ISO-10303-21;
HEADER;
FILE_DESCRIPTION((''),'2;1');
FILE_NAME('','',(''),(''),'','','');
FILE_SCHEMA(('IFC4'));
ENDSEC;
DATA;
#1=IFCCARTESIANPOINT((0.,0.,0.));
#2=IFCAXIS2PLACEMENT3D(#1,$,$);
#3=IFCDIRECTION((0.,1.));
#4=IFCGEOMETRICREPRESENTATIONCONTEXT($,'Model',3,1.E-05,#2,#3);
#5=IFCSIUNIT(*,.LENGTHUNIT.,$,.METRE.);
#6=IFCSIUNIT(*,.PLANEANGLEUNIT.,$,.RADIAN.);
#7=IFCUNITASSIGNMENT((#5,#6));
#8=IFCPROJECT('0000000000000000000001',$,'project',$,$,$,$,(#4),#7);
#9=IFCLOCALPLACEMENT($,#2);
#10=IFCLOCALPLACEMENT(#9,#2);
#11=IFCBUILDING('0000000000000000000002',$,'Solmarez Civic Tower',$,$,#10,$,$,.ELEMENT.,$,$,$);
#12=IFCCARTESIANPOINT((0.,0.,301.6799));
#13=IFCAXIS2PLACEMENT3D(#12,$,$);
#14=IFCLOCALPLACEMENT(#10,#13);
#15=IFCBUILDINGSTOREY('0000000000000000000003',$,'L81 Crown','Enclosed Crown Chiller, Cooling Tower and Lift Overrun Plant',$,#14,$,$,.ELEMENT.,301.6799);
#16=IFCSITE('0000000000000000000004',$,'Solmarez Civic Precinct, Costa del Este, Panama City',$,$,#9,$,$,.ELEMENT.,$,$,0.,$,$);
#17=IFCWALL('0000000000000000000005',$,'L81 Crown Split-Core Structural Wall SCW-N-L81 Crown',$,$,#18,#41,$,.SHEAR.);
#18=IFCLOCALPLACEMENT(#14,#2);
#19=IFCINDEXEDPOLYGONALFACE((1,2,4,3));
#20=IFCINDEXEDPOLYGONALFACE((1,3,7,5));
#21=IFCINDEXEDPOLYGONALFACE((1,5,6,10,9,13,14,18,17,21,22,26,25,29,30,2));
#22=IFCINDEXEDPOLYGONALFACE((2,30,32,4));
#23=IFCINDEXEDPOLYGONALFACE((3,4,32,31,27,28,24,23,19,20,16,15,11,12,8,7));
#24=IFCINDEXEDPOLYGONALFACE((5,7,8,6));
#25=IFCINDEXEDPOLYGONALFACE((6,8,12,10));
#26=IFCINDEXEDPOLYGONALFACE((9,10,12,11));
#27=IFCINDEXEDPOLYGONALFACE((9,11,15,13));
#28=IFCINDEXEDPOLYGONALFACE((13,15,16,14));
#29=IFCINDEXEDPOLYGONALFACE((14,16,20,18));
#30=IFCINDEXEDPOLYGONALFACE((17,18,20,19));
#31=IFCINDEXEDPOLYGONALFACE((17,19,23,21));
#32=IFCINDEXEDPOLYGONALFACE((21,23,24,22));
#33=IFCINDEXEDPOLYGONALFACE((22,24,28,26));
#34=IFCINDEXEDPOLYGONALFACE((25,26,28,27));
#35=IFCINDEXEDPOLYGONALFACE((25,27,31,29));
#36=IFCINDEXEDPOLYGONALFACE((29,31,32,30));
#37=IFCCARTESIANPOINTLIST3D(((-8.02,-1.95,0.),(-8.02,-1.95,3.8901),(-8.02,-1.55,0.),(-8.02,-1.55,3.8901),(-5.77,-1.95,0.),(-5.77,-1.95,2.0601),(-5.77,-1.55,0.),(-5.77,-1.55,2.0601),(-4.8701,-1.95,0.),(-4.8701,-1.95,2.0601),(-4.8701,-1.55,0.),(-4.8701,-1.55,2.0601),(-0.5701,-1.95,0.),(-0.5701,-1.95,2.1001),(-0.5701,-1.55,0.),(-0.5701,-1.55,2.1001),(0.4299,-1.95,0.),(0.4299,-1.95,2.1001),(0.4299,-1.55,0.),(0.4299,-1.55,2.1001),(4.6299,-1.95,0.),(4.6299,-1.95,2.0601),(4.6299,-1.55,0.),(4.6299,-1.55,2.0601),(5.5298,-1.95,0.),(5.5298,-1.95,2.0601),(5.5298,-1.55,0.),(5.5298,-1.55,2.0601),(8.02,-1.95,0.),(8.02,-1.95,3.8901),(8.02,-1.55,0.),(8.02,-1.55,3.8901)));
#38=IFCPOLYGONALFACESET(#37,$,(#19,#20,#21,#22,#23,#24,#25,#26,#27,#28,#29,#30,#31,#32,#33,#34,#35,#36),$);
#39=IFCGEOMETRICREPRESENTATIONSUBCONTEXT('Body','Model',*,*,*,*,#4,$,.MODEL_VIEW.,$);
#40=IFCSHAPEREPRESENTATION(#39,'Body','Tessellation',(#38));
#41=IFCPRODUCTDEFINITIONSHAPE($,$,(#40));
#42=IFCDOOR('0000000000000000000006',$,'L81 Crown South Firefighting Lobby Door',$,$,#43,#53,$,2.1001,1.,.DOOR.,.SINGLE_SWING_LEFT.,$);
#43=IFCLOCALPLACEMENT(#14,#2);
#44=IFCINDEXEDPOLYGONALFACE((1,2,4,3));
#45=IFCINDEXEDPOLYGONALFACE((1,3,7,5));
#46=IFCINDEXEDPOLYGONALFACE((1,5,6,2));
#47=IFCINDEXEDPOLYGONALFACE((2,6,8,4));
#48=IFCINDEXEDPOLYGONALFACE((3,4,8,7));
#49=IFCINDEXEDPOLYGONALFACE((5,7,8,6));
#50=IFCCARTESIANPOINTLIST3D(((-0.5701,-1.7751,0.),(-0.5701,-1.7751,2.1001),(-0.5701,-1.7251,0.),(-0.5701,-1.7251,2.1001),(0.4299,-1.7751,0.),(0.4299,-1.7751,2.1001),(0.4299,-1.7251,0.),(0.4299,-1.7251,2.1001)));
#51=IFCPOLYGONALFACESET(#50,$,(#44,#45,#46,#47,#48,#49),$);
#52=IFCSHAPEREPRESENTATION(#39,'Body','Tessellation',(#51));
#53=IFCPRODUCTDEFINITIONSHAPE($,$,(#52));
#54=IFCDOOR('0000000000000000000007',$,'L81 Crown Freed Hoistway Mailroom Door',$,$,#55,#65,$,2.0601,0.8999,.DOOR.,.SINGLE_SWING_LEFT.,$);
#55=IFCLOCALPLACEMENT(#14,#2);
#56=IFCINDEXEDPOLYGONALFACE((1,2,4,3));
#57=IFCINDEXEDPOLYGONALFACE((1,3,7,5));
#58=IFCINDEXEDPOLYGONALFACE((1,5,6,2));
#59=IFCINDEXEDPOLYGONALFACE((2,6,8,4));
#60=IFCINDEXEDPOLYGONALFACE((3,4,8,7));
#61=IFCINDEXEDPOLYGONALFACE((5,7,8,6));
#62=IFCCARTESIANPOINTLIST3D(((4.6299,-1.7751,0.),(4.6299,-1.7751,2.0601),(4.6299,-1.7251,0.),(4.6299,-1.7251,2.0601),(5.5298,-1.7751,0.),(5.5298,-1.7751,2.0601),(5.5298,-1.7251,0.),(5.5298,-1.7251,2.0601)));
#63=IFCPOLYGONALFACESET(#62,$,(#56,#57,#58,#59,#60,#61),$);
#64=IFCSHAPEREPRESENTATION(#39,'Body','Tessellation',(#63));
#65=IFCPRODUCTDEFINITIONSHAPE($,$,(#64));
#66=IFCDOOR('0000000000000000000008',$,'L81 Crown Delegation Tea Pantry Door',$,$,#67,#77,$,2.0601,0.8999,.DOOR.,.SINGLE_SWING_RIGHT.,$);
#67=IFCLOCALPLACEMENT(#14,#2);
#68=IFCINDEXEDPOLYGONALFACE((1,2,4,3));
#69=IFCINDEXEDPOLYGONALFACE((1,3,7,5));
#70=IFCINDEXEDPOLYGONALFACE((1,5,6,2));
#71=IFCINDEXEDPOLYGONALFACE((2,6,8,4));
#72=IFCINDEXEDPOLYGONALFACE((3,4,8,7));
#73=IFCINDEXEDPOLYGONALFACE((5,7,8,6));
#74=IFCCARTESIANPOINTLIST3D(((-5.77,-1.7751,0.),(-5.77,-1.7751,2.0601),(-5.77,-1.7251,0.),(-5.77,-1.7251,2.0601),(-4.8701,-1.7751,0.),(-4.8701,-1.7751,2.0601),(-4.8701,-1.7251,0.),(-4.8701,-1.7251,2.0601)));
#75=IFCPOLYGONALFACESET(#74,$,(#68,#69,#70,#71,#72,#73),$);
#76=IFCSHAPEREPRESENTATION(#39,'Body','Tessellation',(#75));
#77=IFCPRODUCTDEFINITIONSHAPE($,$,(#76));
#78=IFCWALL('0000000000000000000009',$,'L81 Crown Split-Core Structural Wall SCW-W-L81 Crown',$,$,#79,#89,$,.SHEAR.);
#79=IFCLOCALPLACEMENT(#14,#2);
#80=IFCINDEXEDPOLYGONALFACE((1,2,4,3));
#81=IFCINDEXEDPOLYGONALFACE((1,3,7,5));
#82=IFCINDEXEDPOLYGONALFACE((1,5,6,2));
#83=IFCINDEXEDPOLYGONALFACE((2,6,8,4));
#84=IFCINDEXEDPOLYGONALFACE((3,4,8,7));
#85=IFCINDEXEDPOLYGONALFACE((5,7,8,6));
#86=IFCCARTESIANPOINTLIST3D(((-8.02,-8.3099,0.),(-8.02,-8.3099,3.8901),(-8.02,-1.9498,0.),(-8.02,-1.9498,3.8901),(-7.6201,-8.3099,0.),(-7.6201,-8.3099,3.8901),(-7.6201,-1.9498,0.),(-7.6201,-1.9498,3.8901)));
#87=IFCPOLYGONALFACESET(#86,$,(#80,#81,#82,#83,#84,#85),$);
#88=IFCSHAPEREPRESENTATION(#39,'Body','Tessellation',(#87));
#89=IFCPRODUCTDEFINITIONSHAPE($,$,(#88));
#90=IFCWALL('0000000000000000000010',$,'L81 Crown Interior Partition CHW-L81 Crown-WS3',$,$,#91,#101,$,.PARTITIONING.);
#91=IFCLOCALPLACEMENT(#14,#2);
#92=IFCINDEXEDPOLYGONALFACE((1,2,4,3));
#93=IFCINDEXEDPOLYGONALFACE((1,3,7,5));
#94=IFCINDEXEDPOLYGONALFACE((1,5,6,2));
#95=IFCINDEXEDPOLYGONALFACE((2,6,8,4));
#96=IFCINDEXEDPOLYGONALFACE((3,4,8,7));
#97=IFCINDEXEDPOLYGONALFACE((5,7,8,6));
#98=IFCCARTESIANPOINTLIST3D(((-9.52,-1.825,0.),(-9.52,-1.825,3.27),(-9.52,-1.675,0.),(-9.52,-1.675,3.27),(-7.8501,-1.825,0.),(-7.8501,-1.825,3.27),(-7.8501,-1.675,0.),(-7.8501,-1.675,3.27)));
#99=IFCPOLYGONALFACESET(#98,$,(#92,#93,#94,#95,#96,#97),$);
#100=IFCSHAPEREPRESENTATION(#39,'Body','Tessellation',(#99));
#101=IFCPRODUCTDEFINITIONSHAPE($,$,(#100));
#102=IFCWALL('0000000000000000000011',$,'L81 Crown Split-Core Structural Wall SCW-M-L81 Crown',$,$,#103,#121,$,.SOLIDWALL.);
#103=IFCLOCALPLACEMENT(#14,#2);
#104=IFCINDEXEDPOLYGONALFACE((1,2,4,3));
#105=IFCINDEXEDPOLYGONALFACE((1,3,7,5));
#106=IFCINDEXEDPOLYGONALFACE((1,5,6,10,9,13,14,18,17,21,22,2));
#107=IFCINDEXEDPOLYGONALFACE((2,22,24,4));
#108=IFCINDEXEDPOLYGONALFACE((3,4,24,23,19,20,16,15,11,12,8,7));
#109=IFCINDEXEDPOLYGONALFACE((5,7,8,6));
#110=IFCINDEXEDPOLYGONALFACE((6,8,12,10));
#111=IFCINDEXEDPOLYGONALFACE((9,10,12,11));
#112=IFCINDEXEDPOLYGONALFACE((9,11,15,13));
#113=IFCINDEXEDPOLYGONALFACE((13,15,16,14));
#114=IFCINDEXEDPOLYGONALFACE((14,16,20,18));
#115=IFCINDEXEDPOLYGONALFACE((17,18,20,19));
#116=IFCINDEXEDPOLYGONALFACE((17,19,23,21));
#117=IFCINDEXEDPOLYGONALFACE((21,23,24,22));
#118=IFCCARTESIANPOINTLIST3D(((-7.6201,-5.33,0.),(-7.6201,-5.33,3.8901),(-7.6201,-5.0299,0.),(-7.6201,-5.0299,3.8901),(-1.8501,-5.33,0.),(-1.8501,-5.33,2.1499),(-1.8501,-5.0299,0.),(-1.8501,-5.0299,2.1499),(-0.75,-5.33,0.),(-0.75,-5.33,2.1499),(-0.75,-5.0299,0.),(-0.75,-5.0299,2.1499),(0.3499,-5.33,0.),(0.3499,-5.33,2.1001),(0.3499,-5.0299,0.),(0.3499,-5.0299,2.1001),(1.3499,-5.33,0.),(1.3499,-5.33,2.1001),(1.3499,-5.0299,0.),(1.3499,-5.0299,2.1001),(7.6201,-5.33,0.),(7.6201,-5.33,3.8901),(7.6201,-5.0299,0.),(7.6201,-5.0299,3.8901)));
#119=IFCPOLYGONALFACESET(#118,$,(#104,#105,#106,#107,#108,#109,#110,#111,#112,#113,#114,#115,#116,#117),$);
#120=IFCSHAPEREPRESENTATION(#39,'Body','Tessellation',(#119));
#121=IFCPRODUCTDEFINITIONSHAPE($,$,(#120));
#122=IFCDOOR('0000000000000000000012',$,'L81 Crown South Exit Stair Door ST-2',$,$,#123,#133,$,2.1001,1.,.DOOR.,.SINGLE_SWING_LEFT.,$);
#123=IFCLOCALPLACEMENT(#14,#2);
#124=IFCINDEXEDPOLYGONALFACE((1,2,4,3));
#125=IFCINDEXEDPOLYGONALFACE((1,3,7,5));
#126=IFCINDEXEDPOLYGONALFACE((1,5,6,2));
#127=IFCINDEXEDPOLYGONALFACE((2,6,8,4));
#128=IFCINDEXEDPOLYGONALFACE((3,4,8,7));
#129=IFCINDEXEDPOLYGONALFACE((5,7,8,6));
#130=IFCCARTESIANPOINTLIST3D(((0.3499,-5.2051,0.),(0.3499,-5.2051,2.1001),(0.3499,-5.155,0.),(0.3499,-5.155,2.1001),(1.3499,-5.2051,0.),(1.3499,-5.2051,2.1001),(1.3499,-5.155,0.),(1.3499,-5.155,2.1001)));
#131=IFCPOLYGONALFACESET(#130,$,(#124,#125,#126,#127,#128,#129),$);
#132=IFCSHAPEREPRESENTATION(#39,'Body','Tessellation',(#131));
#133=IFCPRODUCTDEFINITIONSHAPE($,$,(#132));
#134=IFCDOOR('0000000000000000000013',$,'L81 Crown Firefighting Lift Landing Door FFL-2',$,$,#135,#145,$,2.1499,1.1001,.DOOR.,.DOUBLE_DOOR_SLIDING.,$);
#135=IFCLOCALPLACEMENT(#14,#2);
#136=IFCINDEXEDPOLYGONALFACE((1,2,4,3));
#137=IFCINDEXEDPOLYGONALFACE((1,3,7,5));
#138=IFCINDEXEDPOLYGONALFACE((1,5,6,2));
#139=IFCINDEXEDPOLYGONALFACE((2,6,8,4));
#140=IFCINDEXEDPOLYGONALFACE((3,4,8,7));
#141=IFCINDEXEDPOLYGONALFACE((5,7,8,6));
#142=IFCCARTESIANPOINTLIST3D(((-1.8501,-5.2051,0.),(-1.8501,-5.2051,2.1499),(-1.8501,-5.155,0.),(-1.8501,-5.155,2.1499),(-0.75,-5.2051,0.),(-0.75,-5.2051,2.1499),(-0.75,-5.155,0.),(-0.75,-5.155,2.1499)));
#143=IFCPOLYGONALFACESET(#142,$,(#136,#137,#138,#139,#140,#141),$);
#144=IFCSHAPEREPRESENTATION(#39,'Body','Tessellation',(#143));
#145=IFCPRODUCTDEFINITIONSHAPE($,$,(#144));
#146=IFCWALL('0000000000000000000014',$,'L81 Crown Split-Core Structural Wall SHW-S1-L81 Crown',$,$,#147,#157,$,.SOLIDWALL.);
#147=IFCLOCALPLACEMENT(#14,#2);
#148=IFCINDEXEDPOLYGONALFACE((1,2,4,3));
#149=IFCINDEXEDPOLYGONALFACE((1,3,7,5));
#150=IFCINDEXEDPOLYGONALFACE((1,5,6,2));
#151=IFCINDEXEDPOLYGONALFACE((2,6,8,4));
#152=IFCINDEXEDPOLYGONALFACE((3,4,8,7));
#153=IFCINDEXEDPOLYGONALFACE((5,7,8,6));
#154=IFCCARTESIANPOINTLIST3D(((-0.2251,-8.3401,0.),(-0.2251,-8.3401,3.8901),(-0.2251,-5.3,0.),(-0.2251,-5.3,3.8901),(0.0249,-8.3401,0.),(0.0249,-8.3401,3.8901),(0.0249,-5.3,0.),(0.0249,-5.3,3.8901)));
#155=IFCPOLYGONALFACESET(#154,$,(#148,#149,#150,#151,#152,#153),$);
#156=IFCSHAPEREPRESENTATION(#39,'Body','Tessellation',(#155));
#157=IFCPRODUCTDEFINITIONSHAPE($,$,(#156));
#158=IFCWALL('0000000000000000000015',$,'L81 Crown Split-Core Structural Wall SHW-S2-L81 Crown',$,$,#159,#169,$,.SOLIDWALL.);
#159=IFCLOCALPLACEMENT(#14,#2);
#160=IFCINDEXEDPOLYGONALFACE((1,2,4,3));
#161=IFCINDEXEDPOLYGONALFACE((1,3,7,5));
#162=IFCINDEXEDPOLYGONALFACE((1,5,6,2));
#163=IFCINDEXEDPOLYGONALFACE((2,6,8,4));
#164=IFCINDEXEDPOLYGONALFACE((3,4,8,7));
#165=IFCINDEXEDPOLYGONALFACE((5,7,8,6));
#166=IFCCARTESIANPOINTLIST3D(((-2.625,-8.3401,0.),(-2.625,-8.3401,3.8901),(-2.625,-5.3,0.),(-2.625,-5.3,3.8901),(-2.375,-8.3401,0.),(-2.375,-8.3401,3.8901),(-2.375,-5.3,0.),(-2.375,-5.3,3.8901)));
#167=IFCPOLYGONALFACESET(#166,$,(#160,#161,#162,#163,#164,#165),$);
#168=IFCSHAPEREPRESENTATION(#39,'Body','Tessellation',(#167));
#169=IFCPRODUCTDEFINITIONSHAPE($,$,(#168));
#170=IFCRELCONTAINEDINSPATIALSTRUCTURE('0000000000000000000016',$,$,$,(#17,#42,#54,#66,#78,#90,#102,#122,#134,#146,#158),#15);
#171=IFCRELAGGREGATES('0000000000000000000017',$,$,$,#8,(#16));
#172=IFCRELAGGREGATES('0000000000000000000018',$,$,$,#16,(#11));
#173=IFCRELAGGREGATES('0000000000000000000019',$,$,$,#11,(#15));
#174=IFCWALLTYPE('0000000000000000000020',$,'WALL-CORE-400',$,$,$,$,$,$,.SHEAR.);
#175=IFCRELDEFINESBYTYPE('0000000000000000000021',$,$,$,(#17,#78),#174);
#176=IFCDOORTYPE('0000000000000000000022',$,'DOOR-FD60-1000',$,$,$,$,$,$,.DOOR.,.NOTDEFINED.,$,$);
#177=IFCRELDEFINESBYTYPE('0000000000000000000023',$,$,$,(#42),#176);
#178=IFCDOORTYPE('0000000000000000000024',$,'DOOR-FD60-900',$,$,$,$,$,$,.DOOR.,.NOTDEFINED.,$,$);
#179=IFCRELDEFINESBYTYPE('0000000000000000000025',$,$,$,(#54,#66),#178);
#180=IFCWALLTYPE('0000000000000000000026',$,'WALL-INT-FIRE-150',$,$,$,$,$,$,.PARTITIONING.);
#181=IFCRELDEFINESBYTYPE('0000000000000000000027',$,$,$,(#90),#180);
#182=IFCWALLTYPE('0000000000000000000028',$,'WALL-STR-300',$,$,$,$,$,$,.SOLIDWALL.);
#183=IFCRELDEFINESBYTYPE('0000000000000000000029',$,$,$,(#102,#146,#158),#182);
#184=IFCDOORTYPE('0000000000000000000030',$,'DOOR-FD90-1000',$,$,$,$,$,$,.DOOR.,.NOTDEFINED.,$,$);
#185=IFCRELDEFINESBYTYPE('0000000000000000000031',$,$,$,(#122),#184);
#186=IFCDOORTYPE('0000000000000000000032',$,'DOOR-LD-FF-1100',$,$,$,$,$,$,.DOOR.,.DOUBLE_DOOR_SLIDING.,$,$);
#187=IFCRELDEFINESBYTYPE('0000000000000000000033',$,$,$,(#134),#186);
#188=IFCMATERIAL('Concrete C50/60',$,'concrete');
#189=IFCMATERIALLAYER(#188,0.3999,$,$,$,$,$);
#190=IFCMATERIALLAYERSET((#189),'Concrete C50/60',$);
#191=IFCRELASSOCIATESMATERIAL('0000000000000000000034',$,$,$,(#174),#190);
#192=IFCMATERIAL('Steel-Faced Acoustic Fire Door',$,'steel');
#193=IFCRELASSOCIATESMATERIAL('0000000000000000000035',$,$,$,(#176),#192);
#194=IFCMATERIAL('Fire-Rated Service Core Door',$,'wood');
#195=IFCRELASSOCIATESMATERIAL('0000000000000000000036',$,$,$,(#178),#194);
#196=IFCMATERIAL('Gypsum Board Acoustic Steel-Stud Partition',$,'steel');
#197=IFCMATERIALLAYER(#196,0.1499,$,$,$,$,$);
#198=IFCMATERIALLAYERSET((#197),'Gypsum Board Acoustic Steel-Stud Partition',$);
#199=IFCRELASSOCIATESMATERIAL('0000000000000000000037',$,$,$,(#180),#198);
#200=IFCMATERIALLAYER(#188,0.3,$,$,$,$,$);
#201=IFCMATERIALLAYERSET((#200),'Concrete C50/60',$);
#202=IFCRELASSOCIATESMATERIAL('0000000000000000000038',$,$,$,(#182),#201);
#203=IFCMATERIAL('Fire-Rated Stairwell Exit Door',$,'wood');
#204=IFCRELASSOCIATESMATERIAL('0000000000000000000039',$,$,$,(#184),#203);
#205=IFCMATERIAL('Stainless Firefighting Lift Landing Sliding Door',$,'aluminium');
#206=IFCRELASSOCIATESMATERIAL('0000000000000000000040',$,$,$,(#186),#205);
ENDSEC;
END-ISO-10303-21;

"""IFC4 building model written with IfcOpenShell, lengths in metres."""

from ifc_helpers import new_model, si_unit, direction, frame, frame_2d, origin, place, context, subcontext, project, spatial, rectangle, extrude, material, layer, layer_set, type_object, element, fill, save


model = new_model("IFC4")

# Units and contexts
model_context = context("Model", 3, precision=1e-05, world=origin(), true_north=direction((0.0, 1.0)))
body_context = subcontext(model_context, "Body", "Model", "MODEL_VIEW")
ifc_project = project(units=[si_unit("LENGTHUNIT", "METRE"), si_unit("PLANEANGLEUNIT", "RADIAN")], contexts=[model_context])

# Site, building, storey
site_placement = place(None, origin())
site = spatial("IfcSite", under=ifc_project, at=site_placement, Name="Solmarez Civic Precinct, Costa del Este, Panama City", CompositionType="ELEMENT", RefElevation=0.0)
building_placement = place(site_placement, origin())
building = spatial("IfcBuilding", under=site, at=building_placement, Name="Solmarez Civic Tower", CompositionType="ELEMENT")
storey_placement = place(building_placement, frame((0.0, 0.0, 301.6799)))
storey = spatial("IfcBuildingStorey", under=building, at=storey_placement, Name="L81 Crown", Description="Enclosed Crown Chiller, Cooling Tower and Lift Overrun Plant", CompositionType="ELEMENT", Elevation=301.6799)

# Shared definitions
ifc_material_1 = material(Name="Concrete C50/60", Category="concrete")

# Wall, openings, doors
ifc_layer_1 = layer(ifc_material_1, 0.3999)
ifc_layer_set_1 = layer_set([ifc_layer_1], Name="Concrete C50/60")
wall_type_1 = type_object("IfcWallType", Name="WALL-CORE-400", PredefinedType="SHEAR", material=ifc_layer_set_1)
wall_1_placement = place(storey_placement, frame((-8.02, -1.75, 0.0), z_axis=(0.0, 0.0, 1.0), x_axis=(1.0, 0.0, 0.0)))
wall_1 = element("IfcWall", 1, at=wall_1_placement, inside=storey, type_object=wall_type_1, Name="L81 Crown Split-Core Structural Wall SCW-N-L81 Crown", PredefinedType="SHEAR", context=body_context, shape_type="SweptSolid", body=[
    extrude(rectangle(XDim=16.04, YDim=0.3999, at=frame_2d((8.02, 0.0))), origin(), (0.0, 0.0, 1.0), 3.8901),
])
opening_1_placement = place(wall_1_placement, frame((7.45, 0.0, 0.0)))
opening_1 = element("IfcOpeningElement", 2, at=opening_1_placement, cuts=wall_1, PredefinedType="OPENING", context=body_context, shape_type="SweptSolid", body=[
    extrude(rectangle(XDim=1.0, YDim=2.1001, at=frame_2d((0.5, 1.05))), frame((0.0, 0.21, 0.0), z_axis=(0.0, -1.0, 0.0), x_axis=(1.0, 0.0, 0.0)), (0.0, 0.0, 1.0), 0.4199),
])
opening_2_placement = place(wall_1_placement, frame((12.6499, 0.0, 0.0)))
opening_2 = element("IfcOpeningElement", 3, at=opening_2_placement, cuts=wall_1, PredefinedType="OPENING", context=body_context, shape_type="SweptSolid", body=[
    extrude(rectangle(XDim=0.8999, YDim=2.0601, at=frame_2d((0.45, 1.03))), frame((0.0, 0.21, 0.0), z_axis=(0.0, -1.0, 0.0), x_axis=(1.0, 0.0, 0.0)), (0.0, 0.0, 1.0), 0.4199),
])
opening_3_placement = place(wall_1_placement, frame((2.25, 0.0, 0.0)))
opening_3 = element("IfcOpeningElement", 4, at=opening_3_placement, cuts=wall_1, PredefinedType="OPENING", context=body_context, shape_type="SweptSolid", body=[
    extrude(rectangle(XDim=0.8999, YDim=2.0601, at=frame_2d((0.45, 1.03))), frame((0.0, 0.21, 0.0), z_axis=(0.0, -1.0, 0.0), x_axis=(1.0, 0.0, 0.0)), (0.0, 0.0, 1.0), 0.4199),
])
ifc_material_2 = material(Name="Steel-Faced Acoustic Fire Door", Category="steel")
door_type_1 = type_object("IfcDoorType", Name="DOOR-FD60-1000", OperationType="NOTDEFINED", PredefinedType="DOOR", material=ifc_material_2)
door_1_placement = place(opening_1_placement, origin())
door_1 = element("IfcDoor", 5, at=door_1_placement, inside=storey, type_object=door_type_1, Name="L81 Crown South Firefighting Lobby Door", OperationType="SINGLE_SWING_LEFT", OverallHeight=2.1001, OverallWidth=1.0, PredefinedType="DOOR", context=body_context, shape_type="SweptSolid", body=[
    extrude(rectangle(XDim=1.0, YDim=2.1001, at=frame_2d((0.5, 1.05))), frame((0.0, 0.0249, 0.0), z_axis=(0.0, -1.0, 0.0), x_axis=(1.0, 0.0, 0.0)), (0.0, 0.0, 1.0), 0.05),
])
fill(opening_1, door_1)
ifc_material_3 = material(Name="Fire-Rated Service Core Door", Category="wood")
door_type_2 = type_object("IfcDoorType", Name="DOOR-FD60-900", OperationType="NOTDEFINED", PredefinedType="DOOR", material=ifc_material_3)
door_2_placement = place(opening_2_placement, origin())
door_2 = element("IfcDoor", 6, at=door_2_placement, inside=storey, type_object=door_type_2, Name="L81 Crown Freed Hoistway Mailroom Door", OperationType="SINGLE_SWING_LEFT", OverallHeight=2.0601, OverallWidth=0.8999, PredefinedType="DOOR", context=body_context, shape_type="SweptSolid", body=[
    extrude(rectangle(XDim=0.8999, YDim=2.0601, at=frame_2d((0.45, 1.03))), frame((0.0, 0.0249, 0.0), z_axis=(0.0, -1.0, 0.0), x_axis=(1.0, 0.0, 0.0)), (0.0, 0.0, 1.0), 0.05),
])
fill(opening_2, door_2)
door_3_placement = place(opening_3_placement, origin())
door_3 = element("IfcDoor", 7, at=door_3_placement, inside=storey, type_object=door_type_2, Name="L81 Crown Delegation Tea Pantry Door", OperationType="SINGLE_SWING_RIGHT", OverallHeight=2.0601, OverallWidth=0.8999, PredefinedType="DOOR", context=body_context, shape_type="SweptSolid", body=[
    extrude(rectangle(XDim=0.8999, YDim=2.0601, at=frame_2d((0.45, 1.03))), frame((0.0, 0.0249, 0.0), z_axis=(0.0, -1.0, 0.0), x_axis=(1.0, 0.0, 0.0)), (0.0, 0.0, 1.0), 0.05),
])
fill(opening_3, door_3)

# Walls
wall_2_placement = place(storey_placement, frame((-7.8201, -8.3101, 0.0), z_axis=(0.0, 0.0, 1.0), x_axis=(0.0, 1.0, 0.0)))
element("IfcWall", 8, at=wall_2_placement, inside=storey, type_object=wall_type_1, Name="L81 Crown Split-Core Structural Wall SCW-W-L81 Crown", PredefinedType="SHEAR", context=body_context, shape_type="SweptSolid", body=[
    extrude(rectangle(XDim=6.3601, YDim=0.3999, at=frame_2d((3.1802, 0.0))), origin(), (0.0, 0.0, 1.0), 3.8901),
])
ifc_material_4 = material(Name="Gypsum Board Acoustic Steel-Stud Partition", Category="steel")
ifc_layer_2 = layer(ifc_material_4, 0.1499)
ifc_layer_set_2 = layer_set([ifc_layer_2], Name="Gypsum Board Acoustic Steel-Stud Partition")
wall_type_2 = type_object("IfcWallType", Name="WALL-INT-FIRE-150", PredefinedType="PARTITIONING", material=ifc_layer_set_2)
wall_3_placement = place(storey_placement, frame((-7.8501, -1.75, 0.0), z_axis=(0.0, 0.0, 1.0), x_axis=(-1.0, 0.0, 0.0)))
element("IfcWall", 9, at=wall_3_placement, inside=storey, type_object=wall_type_2, Name="L81 Crown Interior Partition CHW-L81 Crown-WS3", PredefinedType="PARTITIONING", context=body_context, shape_type="SweptSolid", body=[
    extrude(rectangle(XDim=1.6699, YDim=0.1499, at=frame_2d((0.835, 0.0))), origin(), (0.0, 0.0, 1.0), 3.27),
])

# Wall, openings, doors
ifc_layer_3 = layer(ifc_material_1, 0.3)
ifc_layer_set_3 = layer_set([ifc_layer_3], Name="Concrete C50/60")
wall_type_3 = type_object("IfcWallType", Name="WALL-STR-300", PredefinedType="SOLIDWALL", material=ifc_layer_set_3)
wall_4_placement = place(storey_placement, frame((-7.6201, -5.1799, 0.0), z_axis=(0.0, 0.0, 1.0), x_axis=(1.0, 0.0, 0.0)))
wall_4 = element("IfcWall", 10, at=wall_4_placement, inside=storey, type_object=wall_type_3, Name="L81 Crown Split-Core Structural Wall SCW-M-L81 Crown", PredefinedType="SOLIDWALL", context=body_context, shape_type="SweptSolid", body=[
    extrude(rectangle(XDim=15.2402, YDim=0.3, at=frame_2d((7.6201, 0.0))), origin(), (0.0, 0.0, 1.0), 3.8901),
])
opening_4_placement = place(wall_4_placement, frame((5.77, 0.0, 0.0)))
opening_4 = element("IfcOpeningElement", 11, at=opening_4_placement, cuts=wall_4, PredefinedType="OPENING", context=body_context, shape_type="SweptSolid", body=[
    extrude(rectangle(XDim=1.1001, YDim=2.1499, at=frame_2d((0.55, 1.075))), frame((0.0, 0.1599, 0.0), z_axis=(0.0, -1.0, 0.0), x_axis=(1.0, 0.0, 0.0)), (0.0, 0.0, 1.0), 0.3201),
])
opening_5_placement = place(wall_4_placement, frame((7.97, 0.0, 0.0)))
opening_5 = element("IfcOpeningElement", 12, at=opening_5_placement, cuts=wall_4, PredefinedType="OPENING", context=body_context, shape_type="SweptSolid", body=[
    extrude(rectangle(XDim=1.0, YDim=2.1001, at=frame_2d((0.5, 1.05))), frame((0.0, 0.1599, 0.0), z_axis=(0.0, -1.0, 0.0), x_axis=(1.0, 0.0, 0.0)), (0.0, 0.0, 1.0), 0.3201),
])
ifc_material_5 = material(Name="Fire-Rated Stairwell Exit Door", Category="wood")
door_type_3 = type_object("IfcDoorType", Name="DOOR-FD90-1000", OperationType="NOTDEFINED", PredefinedType="DOOR", material=ifc_material_5)
door_4_placement = place(opening_5_placement, origin())
door_4 = element("IfcDoor", 13, at=door_4_placement, inside=storey, type_object=door_type_3, Name="L81 Crown South Exit Stair Door ST-2", OperationType="SINGLE_SWING_LEFT", OverallHeight=2.1001, OverallWidth=1.0, PredefinedType="DOOR", context=body_context, shape_type="SweptSolid", body=[
    extrude(rectangle(XDim=1.0, YDim=2.1001, at=frame_2d((0.5, 1.05))), frame((0.0, 0.0249, 0.0), z_axis=(0.0, -1.0, 0.0), x_axis=(1.0, 0.0, 0.0)), (0.0, 0.0, 1.0), 0.05),
])
fill(opening_5, door_4)
ifc_material_6 = material(Name="Stainless Firefighting Lift Landing Sliding Door", Category="aluminium")
door_type_4 = type_object("IfcDoorType", Name="DOOR-LD-FF-1100", OperationType="DOUBLE_DOOR_SLIDING", PredefinedType="DOOR", material=ifc_material_6)
door_5_placement = place(opening_4_placement, origin())
door_5 = element("IfcDoor", 14, at=door_5_placement, inside=storey, type_object=door_type_4, Name="L81 Crown Firefighting Lift Landing Door FFL-2", OperationType="DOUBLE_DOOR_SLIDING", OverallHeight=2.1499, OverallWidth=1.1001, PredefinedType="DOOR", context=body_context, shape_type="SweptSolid", body=[
    extrude(rectangle(XDim=1.1001, YDim=2.1499, at=frame_2d((0.55, 1.075))), frame((0.0, 0.0249, 0.0), z_axis=(0.0, -1.0, 0.0), x_axis=(1.0, 0.0, 0.0)), (0.0, 0.0, 1.0), 0.05),
])
fill(opening_4, door_5)

# Walls
for number, where, z_axis, x_axis, name in (
    (15, (-0.1001, -8.3401, 0.0), (0.0, 0.0, 1.0), (0.0, 1.0, 0.0), "L81 Crown Split-Core Structural Wall SHW-S1-L81 Crown"),
    (16, (-2.5, -8.3401, 0.0), (0.0, 0.0, 1.0), (0.0, 1.0, 0.0), "L81 Crown Split-Core Structural Wall SHW-S2-L81 Crown"),
):
    element("IfcWall", number, at=place(storey_placement, frame(where, z_axis=z_axis, x_axis=x_axis)), inside=storey, type_object=wall_type_3, Name=name, PredefinedType="SOLIDWALL", context=body_context, shape_type="SweptSolid", body=[
        extrude(rectangle(XDim=3.04, YDim=0.25, at=frame_2d((1.52, 0.0))), origin(), (0.0, 0.0, 1.0), 3.8901),
    ])

save(model, "model.ifc")
